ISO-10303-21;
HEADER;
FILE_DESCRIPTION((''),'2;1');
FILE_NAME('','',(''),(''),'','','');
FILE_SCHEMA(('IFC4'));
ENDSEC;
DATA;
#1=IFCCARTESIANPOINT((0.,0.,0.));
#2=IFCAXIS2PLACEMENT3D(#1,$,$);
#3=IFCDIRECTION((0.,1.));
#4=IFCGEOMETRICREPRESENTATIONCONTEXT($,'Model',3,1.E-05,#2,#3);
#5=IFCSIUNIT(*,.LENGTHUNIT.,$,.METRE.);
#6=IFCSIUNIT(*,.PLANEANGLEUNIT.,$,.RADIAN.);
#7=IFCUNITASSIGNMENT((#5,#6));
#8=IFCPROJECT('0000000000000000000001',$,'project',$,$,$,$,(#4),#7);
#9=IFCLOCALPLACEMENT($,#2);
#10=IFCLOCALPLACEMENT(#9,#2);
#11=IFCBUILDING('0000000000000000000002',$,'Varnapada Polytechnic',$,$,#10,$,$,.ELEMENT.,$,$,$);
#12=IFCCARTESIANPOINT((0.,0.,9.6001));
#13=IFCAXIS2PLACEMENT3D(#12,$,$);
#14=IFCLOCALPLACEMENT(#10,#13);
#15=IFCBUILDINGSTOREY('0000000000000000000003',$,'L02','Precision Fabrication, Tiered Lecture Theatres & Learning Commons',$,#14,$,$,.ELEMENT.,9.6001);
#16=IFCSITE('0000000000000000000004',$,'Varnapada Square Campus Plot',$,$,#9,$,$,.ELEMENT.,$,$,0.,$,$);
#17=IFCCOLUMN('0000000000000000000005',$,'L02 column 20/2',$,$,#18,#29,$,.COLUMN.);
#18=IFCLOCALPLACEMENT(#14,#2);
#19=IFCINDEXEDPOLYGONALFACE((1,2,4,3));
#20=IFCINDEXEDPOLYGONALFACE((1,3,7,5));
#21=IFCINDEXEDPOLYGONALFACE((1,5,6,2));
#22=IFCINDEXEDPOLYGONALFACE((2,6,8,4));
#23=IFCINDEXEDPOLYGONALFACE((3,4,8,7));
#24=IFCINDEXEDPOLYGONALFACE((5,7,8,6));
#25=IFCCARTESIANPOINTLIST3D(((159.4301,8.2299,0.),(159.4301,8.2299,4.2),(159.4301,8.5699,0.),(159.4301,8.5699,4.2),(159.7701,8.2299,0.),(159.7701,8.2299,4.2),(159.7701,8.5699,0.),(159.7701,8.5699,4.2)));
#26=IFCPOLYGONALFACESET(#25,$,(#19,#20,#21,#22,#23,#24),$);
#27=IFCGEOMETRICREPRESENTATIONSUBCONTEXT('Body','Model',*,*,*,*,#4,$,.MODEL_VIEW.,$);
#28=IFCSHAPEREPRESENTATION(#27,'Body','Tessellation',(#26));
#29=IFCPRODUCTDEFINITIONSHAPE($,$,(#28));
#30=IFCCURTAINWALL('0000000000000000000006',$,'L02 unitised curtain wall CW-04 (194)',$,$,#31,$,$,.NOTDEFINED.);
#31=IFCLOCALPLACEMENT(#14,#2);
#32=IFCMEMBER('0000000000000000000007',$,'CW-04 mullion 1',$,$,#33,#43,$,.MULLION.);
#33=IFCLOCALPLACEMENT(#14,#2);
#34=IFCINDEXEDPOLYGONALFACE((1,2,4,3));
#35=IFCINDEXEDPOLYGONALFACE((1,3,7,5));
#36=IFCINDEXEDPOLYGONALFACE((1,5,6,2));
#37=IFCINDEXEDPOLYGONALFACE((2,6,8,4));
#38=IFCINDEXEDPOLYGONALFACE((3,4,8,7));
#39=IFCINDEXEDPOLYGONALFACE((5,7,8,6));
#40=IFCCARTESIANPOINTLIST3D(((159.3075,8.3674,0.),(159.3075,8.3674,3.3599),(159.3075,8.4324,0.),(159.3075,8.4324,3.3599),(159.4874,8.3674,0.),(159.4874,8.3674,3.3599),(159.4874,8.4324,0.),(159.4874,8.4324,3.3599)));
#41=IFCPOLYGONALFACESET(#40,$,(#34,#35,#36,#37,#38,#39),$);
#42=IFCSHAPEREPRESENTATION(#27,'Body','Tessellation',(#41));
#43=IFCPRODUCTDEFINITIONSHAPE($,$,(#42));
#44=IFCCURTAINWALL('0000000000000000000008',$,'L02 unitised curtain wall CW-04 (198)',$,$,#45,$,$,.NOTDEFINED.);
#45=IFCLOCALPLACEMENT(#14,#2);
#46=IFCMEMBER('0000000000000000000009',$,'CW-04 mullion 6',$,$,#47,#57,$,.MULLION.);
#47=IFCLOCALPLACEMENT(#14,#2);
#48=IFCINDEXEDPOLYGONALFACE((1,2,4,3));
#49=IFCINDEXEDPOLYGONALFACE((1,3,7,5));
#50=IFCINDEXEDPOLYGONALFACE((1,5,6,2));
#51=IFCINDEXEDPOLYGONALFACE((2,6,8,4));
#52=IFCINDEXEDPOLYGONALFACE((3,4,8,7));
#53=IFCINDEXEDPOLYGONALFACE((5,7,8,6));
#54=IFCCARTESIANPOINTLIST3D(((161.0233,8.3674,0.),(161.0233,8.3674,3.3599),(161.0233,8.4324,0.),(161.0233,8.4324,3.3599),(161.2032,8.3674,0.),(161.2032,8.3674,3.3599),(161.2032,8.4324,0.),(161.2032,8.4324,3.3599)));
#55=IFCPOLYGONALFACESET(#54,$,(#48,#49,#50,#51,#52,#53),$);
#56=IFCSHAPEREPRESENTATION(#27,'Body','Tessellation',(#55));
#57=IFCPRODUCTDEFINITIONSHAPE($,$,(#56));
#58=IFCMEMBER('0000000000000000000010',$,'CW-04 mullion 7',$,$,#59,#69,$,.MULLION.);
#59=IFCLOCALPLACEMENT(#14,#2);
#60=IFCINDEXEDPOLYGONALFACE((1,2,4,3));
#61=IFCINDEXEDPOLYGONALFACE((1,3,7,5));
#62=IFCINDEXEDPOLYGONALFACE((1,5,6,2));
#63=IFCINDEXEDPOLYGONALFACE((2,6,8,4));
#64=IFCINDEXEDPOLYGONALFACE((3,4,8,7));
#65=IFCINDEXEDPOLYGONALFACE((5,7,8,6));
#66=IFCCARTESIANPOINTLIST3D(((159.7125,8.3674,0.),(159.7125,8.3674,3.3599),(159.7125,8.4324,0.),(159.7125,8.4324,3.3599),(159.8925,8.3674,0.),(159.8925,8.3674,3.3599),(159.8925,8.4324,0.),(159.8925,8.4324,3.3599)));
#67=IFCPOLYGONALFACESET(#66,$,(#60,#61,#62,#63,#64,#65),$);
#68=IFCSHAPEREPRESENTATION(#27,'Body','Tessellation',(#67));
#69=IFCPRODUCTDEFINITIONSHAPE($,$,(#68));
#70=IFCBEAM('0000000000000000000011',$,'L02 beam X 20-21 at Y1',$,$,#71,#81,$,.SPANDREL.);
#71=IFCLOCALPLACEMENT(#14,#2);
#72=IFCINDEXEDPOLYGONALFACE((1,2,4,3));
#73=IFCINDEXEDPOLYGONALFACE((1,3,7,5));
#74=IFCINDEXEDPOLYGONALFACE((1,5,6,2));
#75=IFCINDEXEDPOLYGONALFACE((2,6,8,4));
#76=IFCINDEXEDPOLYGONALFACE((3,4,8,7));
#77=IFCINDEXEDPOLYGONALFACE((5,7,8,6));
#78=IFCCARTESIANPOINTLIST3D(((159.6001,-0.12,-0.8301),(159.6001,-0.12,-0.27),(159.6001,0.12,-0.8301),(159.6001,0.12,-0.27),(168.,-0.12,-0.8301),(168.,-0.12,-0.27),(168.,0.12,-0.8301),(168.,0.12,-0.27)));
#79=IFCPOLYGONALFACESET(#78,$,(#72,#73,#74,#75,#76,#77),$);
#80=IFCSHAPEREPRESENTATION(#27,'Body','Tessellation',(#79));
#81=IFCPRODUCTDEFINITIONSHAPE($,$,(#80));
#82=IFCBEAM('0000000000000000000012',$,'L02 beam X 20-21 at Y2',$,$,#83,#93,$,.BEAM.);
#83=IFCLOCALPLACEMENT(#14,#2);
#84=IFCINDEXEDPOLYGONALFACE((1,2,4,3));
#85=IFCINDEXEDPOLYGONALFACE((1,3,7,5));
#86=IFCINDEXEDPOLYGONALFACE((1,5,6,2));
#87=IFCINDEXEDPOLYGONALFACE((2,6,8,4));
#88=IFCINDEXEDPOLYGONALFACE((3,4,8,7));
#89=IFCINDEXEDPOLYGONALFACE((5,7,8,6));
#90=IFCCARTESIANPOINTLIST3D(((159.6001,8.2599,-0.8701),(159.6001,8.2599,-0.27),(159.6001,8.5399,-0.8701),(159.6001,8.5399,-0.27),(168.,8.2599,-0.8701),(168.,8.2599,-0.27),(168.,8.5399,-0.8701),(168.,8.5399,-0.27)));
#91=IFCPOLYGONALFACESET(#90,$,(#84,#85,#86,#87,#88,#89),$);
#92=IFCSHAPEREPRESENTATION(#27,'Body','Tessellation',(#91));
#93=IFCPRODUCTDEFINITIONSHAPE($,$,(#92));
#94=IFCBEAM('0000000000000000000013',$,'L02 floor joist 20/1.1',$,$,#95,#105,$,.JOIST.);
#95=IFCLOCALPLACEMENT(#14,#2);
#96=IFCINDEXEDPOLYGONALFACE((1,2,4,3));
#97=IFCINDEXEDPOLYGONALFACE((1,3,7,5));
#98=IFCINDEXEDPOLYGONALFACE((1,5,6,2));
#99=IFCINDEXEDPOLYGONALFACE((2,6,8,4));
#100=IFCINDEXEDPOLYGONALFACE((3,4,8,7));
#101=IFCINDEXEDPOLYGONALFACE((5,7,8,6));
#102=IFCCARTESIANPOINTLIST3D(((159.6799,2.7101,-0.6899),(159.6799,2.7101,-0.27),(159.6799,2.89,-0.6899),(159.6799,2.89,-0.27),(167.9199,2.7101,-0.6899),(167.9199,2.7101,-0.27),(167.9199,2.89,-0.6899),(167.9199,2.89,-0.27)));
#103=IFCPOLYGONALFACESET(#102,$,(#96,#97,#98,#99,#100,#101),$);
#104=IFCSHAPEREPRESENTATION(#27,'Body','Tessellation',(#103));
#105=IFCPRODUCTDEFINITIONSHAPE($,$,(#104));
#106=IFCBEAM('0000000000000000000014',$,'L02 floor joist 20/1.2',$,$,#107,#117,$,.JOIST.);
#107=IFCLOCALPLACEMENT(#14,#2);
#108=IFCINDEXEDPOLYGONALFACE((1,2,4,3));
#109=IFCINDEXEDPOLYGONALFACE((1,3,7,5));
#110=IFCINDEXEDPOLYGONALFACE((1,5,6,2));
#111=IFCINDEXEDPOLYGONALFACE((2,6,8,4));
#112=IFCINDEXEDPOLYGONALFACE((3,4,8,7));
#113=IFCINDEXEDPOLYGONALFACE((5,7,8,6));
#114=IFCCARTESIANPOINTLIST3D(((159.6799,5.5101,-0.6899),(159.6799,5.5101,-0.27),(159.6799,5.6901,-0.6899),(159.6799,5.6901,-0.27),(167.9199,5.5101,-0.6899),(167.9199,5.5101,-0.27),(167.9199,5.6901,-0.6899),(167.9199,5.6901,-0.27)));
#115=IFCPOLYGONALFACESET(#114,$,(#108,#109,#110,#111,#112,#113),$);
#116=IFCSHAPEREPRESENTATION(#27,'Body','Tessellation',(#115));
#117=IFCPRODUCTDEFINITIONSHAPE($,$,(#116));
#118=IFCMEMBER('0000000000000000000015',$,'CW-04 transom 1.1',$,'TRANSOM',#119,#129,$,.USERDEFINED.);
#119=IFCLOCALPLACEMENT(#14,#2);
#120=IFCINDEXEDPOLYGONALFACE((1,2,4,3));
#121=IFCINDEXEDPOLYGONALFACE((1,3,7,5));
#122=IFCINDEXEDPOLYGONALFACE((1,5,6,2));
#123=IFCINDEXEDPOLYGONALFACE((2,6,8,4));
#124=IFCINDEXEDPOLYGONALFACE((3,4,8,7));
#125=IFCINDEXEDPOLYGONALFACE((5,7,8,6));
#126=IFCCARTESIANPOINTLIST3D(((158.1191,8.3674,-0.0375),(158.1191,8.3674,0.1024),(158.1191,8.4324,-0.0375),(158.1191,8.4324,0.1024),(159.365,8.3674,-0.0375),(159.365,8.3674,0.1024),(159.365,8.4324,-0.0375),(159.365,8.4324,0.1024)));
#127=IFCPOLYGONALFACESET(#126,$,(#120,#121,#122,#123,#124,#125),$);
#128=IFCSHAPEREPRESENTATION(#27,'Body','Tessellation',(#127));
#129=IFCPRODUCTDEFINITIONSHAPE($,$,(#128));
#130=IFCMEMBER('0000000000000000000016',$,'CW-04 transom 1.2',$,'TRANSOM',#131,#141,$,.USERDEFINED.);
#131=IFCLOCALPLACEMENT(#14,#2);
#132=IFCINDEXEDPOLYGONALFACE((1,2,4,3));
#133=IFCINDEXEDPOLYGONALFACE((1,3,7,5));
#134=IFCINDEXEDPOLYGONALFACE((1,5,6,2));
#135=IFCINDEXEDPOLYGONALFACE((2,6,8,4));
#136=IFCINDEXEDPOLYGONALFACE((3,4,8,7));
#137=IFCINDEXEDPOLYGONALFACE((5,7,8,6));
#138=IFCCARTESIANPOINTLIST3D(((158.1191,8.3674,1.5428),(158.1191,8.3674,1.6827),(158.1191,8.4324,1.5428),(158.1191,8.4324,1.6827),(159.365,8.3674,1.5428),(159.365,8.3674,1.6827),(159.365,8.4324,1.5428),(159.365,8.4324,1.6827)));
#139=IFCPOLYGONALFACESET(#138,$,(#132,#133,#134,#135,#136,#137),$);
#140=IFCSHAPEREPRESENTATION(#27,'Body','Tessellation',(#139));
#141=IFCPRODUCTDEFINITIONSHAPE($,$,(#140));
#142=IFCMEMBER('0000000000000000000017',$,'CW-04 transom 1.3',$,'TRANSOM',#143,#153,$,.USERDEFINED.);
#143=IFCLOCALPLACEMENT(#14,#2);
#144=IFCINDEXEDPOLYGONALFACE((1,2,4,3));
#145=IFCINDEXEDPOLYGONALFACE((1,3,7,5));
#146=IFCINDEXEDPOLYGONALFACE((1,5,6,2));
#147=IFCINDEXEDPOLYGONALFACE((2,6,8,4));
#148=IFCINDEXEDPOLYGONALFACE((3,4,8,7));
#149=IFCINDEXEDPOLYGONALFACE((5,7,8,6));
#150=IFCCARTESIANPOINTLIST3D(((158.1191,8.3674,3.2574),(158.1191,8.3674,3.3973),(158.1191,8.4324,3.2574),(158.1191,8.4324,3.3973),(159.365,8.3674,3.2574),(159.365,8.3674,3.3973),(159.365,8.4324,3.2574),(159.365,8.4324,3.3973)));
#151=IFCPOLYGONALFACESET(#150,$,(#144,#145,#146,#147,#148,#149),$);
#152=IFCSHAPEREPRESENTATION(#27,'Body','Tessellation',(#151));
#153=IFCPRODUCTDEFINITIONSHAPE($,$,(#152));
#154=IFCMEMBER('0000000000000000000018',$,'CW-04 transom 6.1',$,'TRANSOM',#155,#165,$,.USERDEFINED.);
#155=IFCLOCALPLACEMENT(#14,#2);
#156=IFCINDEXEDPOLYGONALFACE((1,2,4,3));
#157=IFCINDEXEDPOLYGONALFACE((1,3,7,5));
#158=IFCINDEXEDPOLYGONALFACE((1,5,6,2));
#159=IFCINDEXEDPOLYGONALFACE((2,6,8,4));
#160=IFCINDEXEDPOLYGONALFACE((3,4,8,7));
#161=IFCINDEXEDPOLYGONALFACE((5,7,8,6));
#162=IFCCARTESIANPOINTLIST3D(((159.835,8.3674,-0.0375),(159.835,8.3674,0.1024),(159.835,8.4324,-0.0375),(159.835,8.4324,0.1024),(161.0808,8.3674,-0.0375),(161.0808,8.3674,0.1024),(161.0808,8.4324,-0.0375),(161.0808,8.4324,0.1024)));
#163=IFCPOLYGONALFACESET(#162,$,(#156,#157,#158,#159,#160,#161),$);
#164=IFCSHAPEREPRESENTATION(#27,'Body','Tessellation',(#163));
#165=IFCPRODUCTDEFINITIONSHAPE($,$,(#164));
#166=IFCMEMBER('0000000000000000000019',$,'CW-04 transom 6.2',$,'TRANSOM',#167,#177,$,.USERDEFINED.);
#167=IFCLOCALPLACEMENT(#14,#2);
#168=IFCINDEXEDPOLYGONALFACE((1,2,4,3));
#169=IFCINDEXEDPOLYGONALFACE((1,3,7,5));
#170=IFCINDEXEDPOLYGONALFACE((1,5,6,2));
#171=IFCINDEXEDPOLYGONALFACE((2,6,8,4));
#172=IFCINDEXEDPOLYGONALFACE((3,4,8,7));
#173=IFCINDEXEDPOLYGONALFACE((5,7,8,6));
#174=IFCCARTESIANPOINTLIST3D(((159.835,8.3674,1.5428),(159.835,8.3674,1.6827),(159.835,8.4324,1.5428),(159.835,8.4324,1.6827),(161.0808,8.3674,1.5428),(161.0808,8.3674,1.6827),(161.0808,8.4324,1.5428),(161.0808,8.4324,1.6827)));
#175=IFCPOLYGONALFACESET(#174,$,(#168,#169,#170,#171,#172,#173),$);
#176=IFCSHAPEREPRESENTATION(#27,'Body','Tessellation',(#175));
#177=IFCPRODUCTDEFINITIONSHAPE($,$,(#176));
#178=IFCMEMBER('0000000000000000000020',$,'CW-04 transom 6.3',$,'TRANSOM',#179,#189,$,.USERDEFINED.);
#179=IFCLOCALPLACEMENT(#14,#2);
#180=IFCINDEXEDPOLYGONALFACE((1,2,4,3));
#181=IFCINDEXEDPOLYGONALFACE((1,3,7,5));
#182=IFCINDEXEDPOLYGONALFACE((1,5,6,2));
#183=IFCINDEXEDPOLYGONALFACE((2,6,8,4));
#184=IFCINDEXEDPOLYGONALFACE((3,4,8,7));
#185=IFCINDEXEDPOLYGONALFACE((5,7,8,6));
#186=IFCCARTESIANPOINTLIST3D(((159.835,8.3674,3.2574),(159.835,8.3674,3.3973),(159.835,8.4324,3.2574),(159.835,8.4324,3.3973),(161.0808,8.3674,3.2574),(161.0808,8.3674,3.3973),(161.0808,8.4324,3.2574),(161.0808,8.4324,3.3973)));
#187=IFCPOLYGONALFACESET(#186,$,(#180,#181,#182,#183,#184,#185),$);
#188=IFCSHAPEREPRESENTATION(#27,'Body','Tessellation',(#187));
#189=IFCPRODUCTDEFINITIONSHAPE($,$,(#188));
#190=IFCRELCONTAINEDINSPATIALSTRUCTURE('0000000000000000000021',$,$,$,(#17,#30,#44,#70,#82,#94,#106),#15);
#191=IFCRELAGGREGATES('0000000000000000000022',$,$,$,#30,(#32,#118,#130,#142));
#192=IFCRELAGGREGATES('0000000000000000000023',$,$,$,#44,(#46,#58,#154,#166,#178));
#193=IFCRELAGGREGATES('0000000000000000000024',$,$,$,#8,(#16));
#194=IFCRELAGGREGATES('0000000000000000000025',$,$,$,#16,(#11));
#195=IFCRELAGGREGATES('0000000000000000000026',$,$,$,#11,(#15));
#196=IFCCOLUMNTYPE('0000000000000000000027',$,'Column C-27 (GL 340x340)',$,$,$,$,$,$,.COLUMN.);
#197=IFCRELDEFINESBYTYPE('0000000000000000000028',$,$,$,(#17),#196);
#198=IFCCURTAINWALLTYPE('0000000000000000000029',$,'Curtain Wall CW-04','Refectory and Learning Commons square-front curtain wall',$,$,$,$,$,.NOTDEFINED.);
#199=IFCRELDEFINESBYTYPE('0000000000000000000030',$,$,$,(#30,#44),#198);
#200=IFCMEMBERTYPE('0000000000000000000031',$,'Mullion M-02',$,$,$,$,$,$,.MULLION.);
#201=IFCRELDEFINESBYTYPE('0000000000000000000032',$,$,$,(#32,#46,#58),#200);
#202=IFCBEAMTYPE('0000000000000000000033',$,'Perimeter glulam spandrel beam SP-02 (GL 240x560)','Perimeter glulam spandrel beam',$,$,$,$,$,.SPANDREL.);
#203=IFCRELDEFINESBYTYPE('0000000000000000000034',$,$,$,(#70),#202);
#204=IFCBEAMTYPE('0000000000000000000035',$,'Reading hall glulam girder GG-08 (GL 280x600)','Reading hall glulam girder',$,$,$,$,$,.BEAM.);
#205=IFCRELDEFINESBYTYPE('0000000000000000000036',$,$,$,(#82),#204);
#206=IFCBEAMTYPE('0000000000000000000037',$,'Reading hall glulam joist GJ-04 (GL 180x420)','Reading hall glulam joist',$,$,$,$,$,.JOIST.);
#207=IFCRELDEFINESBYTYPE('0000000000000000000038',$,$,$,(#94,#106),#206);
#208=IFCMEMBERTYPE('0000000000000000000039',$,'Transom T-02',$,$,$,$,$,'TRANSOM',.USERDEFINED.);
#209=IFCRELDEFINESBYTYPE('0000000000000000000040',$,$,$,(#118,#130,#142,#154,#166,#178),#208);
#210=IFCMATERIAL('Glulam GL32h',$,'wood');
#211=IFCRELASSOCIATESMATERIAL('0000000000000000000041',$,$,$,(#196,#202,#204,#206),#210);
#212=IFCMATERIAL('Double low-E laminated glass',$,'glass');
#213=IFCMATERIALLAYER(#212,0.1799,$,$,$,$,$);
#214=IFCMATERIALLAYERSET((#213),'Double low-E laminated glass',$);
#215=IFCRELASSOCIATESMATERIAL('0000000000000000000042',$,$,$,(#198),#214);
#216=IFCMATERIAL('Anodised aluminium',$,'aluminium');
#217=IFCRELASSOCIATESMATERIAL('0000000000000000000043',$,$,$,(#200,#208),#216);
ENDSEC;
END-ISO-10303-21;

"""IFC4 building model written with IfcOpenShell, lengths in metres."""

from ifc_helpers import new_model, si_unit, direction, frame, origin, origin_2d, place, context, subcontext, project, spatial, rectangle, extrude, material, layer, layer_set, material_profile, profile_set, type_object, element, aggregate, save


model = new_model("IFC4")

# Units and contexts
model_context = context("Model", 3, precision=1e-05, world=origin(), true_north=direction((0.0, 1.0)))
body_context = subcontext(model_context, "Body", "Model", "MODEL_VIEW")
ifc_project = project(units=[si_unit("LENGTHUNIT", "METRE"), si_unit("PLANEANGLEUNIT", "RADIAN")], contexts=[model_context])

# Site, building, storey
site_placement = place(None, origin())
site = spatial("IfcSite", under=ifc_project, at=site_placement, Name="Varnapada Square Campus Plot", CompositionType="ELEMENT", RefElevation=0.0)
building_placement = place(site_placement, origin())
building = spatial("IfcBuilding", under=site, at=building_placement, Name="Varnapada Polytechnic", CompositionType="ELEMENT")
storey_placement = place(building_placement, frame((0.0, 0.0, 9.6001)))
storey = spatial("IfcBuildingStorey", under=building, at=storey_placement, Name="L02", Description="Precision Fabrication, Tiered Lecture Theatres & Learning Commons", CompositionType="ELEMENT", Elevation=9.6001)

# Column
ifc_material_1 = material(Name="Glulam GL32h", Category="wood")
ifc_material_profile_1 = material_profile(ifc_material_1, rectangle(XDim=0.3401, YDim=0.3401, at=origin_2d()), Name="GL 340x340")
ifc_profile_set_1 = profile_set([ifc_material_profile_1], Name="Glulam GL32h")
column_type = type_object("IfcColumnType", Name="Column C-27 (GL 340x340)", PredefinedType="COLUMN", material=ifc_profile_set_1)
column_placement = place(storey_placement, frame((159.6001, 8.3999, 0.0), z_axis=(0.0, 0.0, 1.0), x_axis=(1.0, 0.0, 0.0)))
element("IfcColumn", 1, at=column_placement, inside=storey, type_object=column_type, Name="L02 column 20/2", PredefinedType="COLUMN", context=body_context, shape_type="SweptSolid", body=[
    extrude(rectangle(XDim=0.3401, YDim=0.3401, at=origin_2d()), origin(), (0.0, 0.0, 1.0), 4.2),
])

# Curtain wall, member
ifc_material_2 = material(Name="Double low-E laminated glass", Category="glass")
ifc_layer_1 = layer(ifc_material_2, 0.1799)
ifc_layer_set_1 = layer_set([ifc_layer_1], Name="Double low-E laminated glass")
curtain_wall_type = type_object("IfcCurtainWallType", Name="Curtain Wall CW-04", Description="Refectory and Learning Commons square-front curtain wall", PredefinedType="NOTDEFINED", material=ifc_layer_set_1)
curtain_wall_1_placement = place(storey_placement, origin())
curtain_wall_1 = element("IfcCurtainWall", 2, at=curtain_wall_1_placement, inside=storey, type_object=curtain_wall_type, Name="L02 unitised curtain wall CW-04 (194)", PredefinedType="NOTDEFINED")
ifc_material_3 = material(Name="Anodised aluminium", Category="aluminium")
ifc_material_profile_2 = material_profile(ifc_material_3, rectangle(XDim=0.0649, YDim=0.1799, at=origin_2d()), Name="ALU M65x180")
ifc_profile_set_2 = profile_set([ifc_material_profile_2], Name="Anodised aluminium")
member_type_1 = type_object("IfcMemberType", Name="Mullion M-02", PredefinedType="MULLION", material=ifc_profile_set_2)
member_1_placement = place(storey_placement, frame((159.3975, 8.3999, 0.0), z_axis=(0.0, 0.0, 1.0), x_axis=(0.0, -1.0, 0.0)))
member_1 = element("IfcMember", 3, at=member_1_placement, type_object=member_type_1, Name="CW-04 mullion 1", PredefinedType="MULLION", context=body_context, shape_type="SweptSolid", body=[
    extrude(rectangle(XDim=0.0649, YDim=0.1799, at=origin_2d()), origin(), (0.0, 0.0, 1.0), 3.3599),
])

# Curtain wall, members
curtain_wall_2_placement = place(storey_placement, origin())
curtain_wall_2 = element("IfcCurtainWall", 4, at=curtain_wall_2_placement, inside=storey, type_object=curtain_wall_type, Name="L02 unitised curtain wall CW-04 (198)", PredefinedType="NOTDEFINED")
member_2_placement = place(storey_placement, frame((161.1133, 8.3999, 0.0), z_axis=(0.0, 0.0, 1.0), x_axis=(0.0, -1.0, 0.0)))
member_2 = element("IfcMember", 5, at=member_2_placement, type_object=member_type_1, Name="CW-04 mullion 6", PredefinedType="MULLION", context=body_context, shape_type="SweptSolid", body=[
    extrude(rectangle(XDim=0.0649, YDim=0.1799, at=origin_2d()), origin(), (0.0, 0.0, 1.0), 3.3599),
])
member_3_placement = place(storey_placement, frame((159.8025, 8.3999, 0.0), z_axis=(0.0, 0.0, 1.0), x_axis=(0.0, -1.0, 0.0)))
member_3 = element("IfcMember", 6, at=member_3_placement, type_object=member_type_1, Name="CW-04 mullion 7", PredefinedType="MULLION", context=body_context, shape_type="SweptSolid", body=[
    extrude(rectangle(XDim=0.0649, YDim=0.1799, at=origin_2d()), origin(), (0.0, 0.0, 1.0), 3.3599),
])

# Beams
ifc_material_profile_3 = material_profile(ifc_material_1, rectangle(XDim=0.24, YDim=0.5601, at=origin_2d()), Name="GL 240x560")
ifc_profile_set_3 = profile_set([ifc_material_profile_3], Name="Glulam GL32h")
beam_type_1 = type_object("IfcBeamType", Name="Perimeter glulam spandrel beam SP-02 (GL 240x560)", Description="Perimeter glulam spandrel beam", PredefinedType="SPANDREL", material=ifc_profile_set_3)
beam_1_placement = place(storey_placement, frame((159.6001, 0.0, -0.55), z_axis=(1.0, 0.0, 0.0), x_axis=(0.0, 1.0, 0.0)))
element("IfcBeam", 7, at=beam_1_placement, inside=storey, type_object=beam_type_1, Name="L02 beam X 20-21 at Y1", PredefinedType="SPANDREL", context=body_context, shape_type="SweptSolid", body=[
    extrude(rectangle(XDim=0.24, YDim=0.5601, at=origin_2d()), origin(), (0.0, 0.0, 1.0), 8.3999),
])
ifc_material_profile_4 = material_profile(ifc_material_1, rectangle(XDim=0.28, YDim=0.6001, at=origin_2d()), Name="GL 280x600")
ifc_profile_set_4 = profile_set([ifc_material_profile_4], Name="Glulam GL32h")
beam_type_2 = type_object("IfcBeamType", Name="Reading hall glulam girder GG-08 (GL 280x600)", Description="Reading hall glulam girder", PredefinedType="BEAM", material=ifc_profile_set_4)
beam_2_placement = place(storey_placement, frame((159.6001, 8.3999, -0.5701), z_axis=(1.0, 0.0, 0.0), x_axis=(0.0, 1.0, 0.0)))
element("IfcBeam", 8, at=beam_2_placement, inside=storey, type_object=beam_type_2, Name="L02 beam X 20-21 at Y2", PredefinedType="BEAM", context=body_context, shape_type="SweptSolid", body=[
    extrude(rectangle(XDim=0.28, YDim=0.6001, at=origin_2d()), origin(), (0.0, 0.0, 1.0), 8.3999),
])
ifc_material_profile_5 = material_profile(ifc_material_1, rectangle(XDim=0.1799, YDim=0.4199, at=origin_2d()), Name="GL 180x420")
ifc_profile_set_5 = profile_set([ifc_material_profile_5], Name="Glulam GL32h")
beam_type_3 = type_object("IfcBeamType", Name="Reading hall glulam joist GJ-04 (GL 180x420)", Description="Reading hall glulam joist", PredefinedType="JOIST", material=ifc_profile_set_5)
for number, where, z_axis, x_axis, name in (
    (9, (159.6799, 2.8, -0.48), (1.0, 0.0, 0.0), (0.0, 1.0, 0.0), "L02 floor joist 20/1.1"),
    (10, (159.6799, 5.6001, -0.48), (1.0, 0.0, 0.0), (0.0, 1.0, 0.0), "L02 floor joist 20/1.2"),
):
    element("IfcBeam", number, at=place(storey_placement, frame(where, z_axis=z_axis, x_axis=x_axis)), inside=storey, type_object=beam_type_3, Name=name, PredefinedType="JOIST", context=body_context, shape_type="SweptSolid", body=[
        extrude(rectangle(XDim=0.1799, YDim=0.4199, at=origin_2d()), origin(), (0.0, 0.0, 1.0), 8.24),
    ])

# Members
ifc_material_profile_6 = material_profile(ifc_material_3, rectangle(XDim=0.0649, YDim=0.1399, at=origin_2d()), Name="ALU T65x140")
ifc_profile_set_6 = profile_set([ifc_material_profile_6], Name="Anodised aluminium")
member_type_2 = type_object("IfcMemberType", Name="Transom T-02", ElementType="TRANSOM", PredefinedType="USERDEFINED", material=ifc_profile_set_6)
member_4_placement = place(storey_placement, frame((159.365, 8.3999, 0.0325), z_axis=(-1.0, 0.0, 0.0), x_axis=(0.0, -1.0, 0.0)))
member_4 = element("IfcMember", 11, at=member_4_placement, type_object=member_type_2, Name="CW-04 transom 1.1", ObjectType="TRANSOM", PredefinedType="USERDEFINED", context=body_context, shape_type="SweptSolid", body=[
    extrude(rectangle(XDim=0.0649, YDim=0.1399, at=origin_2d()), origin(), (0.0, 0.0, 1.0), 1.2458),
])
member_5_placement = place(storey_placement, frame((159.365, 8.3999, 1.6128), z_axis=(-1.0, 0.0, 0.0), x_axis=(0.0, -1.0, 0.0)))
member_5 = element("IfcMember", 12, at=member_5_placement, type_object=member_type_2, Name="CW-04 transom 1.2", ObjectType="TRANSOM", PredefinedType="USERDEFINED", context=body_context, shape_type="SweptSolid", body=[
    extrude(rectangle(XDim=0.0649, YDim=0.1399, at=origin_2d()), origin(), (0.0, 0.0, 1.0), 1.2458),
])
member_6_placement = place(storey_placement, frame((159.365, 8.3999, 3.3274), z_axis=(-1.0, 0.0, 0.0), x_axis=(0.0, -1.0, 0.0)))
member_6 = element("IfcMember", 13, at=member_6_placement, type_object=member_type_2, Name="CW-04 transom 1.3", ObjectType="TRANSOM", PredefinedType="USERDEFINED", context=body_context, shape_type="SweptSolid", body=[
    extrude(rectangle(XDim=0.0649, YDim=0.1399, at=origin_2d()), origin(), (0.0, 0.0, 1.0), 1.2458),
])
aggregate(curtain_wall_1, [member_1, member_4, member_5, member_6])
member_7_placement = place(storey_placement, frame((161.0808, 8.3999, 0.0325), z_axis=(-1.0, 0.0, 0.0), x_axis=(0.0, -1.0, 0.0)))
member_7 = element("IfcMember", 14, at=member_7_placement, type_object=member_type_2, Name="CW-04 transom 6.1", ObjectType="TRANSOM", PredefinedType="USERDEFINED", context=body_context, shape_type="SweptSolid", body=[
    extrude(rectangle(XDim=0.0649, YDim=0.1399, at=origin_2d()), origin(), (0.0, 0.0, 1.0), 1.2458),
])
member_8_placement = place(storey_placement, frame((161.0808, 8.3999, 1.6128), z_axis=(-1.0, 0.0, 0.0), x_axis=(0.0, -1.0, 0.0)))
member_8 = element("IfcMember", 15, at=member_8_placement, type_object=member_type_2, Name="CW-04 transom 6.2", ObjectType="TRANSOM", PredefinedType="USERDEFINED", context=body_context, shape_type="SweptSolid", body=[
    extrude(rectangle(XDim=0.0649, YDim=0.1399, at=origin_2d()), origin(), (0.0, 0.0, 1.0), 1.2458),
])
member_9_placement = place(storey_placement, frame((161.0808, 8.3999, 3.3274), z_axis=(-1.0, 0.0, 0.0), x_axis=(0.0, -1.0, 0.0)))
member_9 = element("IfcMember", 16, at=member_9_placement, type_object=member_type_2, Name="CW-04 transom 6.3", ObjectType="TRANSOM", PredefinedType="USERDEFINED", context=body_context, shape_type="SweptSolid", body=[
    extrude(rectangle(XDim=0.0649, YDim=0.1399, at=origin_2d()), origin(), (0.0, 0.0, 1.0), 1.2458),
])

aggregate(curtain_wall_2, [member_2, member_3, member_7, member_8, member_9])

save(model, "model.ifc")
